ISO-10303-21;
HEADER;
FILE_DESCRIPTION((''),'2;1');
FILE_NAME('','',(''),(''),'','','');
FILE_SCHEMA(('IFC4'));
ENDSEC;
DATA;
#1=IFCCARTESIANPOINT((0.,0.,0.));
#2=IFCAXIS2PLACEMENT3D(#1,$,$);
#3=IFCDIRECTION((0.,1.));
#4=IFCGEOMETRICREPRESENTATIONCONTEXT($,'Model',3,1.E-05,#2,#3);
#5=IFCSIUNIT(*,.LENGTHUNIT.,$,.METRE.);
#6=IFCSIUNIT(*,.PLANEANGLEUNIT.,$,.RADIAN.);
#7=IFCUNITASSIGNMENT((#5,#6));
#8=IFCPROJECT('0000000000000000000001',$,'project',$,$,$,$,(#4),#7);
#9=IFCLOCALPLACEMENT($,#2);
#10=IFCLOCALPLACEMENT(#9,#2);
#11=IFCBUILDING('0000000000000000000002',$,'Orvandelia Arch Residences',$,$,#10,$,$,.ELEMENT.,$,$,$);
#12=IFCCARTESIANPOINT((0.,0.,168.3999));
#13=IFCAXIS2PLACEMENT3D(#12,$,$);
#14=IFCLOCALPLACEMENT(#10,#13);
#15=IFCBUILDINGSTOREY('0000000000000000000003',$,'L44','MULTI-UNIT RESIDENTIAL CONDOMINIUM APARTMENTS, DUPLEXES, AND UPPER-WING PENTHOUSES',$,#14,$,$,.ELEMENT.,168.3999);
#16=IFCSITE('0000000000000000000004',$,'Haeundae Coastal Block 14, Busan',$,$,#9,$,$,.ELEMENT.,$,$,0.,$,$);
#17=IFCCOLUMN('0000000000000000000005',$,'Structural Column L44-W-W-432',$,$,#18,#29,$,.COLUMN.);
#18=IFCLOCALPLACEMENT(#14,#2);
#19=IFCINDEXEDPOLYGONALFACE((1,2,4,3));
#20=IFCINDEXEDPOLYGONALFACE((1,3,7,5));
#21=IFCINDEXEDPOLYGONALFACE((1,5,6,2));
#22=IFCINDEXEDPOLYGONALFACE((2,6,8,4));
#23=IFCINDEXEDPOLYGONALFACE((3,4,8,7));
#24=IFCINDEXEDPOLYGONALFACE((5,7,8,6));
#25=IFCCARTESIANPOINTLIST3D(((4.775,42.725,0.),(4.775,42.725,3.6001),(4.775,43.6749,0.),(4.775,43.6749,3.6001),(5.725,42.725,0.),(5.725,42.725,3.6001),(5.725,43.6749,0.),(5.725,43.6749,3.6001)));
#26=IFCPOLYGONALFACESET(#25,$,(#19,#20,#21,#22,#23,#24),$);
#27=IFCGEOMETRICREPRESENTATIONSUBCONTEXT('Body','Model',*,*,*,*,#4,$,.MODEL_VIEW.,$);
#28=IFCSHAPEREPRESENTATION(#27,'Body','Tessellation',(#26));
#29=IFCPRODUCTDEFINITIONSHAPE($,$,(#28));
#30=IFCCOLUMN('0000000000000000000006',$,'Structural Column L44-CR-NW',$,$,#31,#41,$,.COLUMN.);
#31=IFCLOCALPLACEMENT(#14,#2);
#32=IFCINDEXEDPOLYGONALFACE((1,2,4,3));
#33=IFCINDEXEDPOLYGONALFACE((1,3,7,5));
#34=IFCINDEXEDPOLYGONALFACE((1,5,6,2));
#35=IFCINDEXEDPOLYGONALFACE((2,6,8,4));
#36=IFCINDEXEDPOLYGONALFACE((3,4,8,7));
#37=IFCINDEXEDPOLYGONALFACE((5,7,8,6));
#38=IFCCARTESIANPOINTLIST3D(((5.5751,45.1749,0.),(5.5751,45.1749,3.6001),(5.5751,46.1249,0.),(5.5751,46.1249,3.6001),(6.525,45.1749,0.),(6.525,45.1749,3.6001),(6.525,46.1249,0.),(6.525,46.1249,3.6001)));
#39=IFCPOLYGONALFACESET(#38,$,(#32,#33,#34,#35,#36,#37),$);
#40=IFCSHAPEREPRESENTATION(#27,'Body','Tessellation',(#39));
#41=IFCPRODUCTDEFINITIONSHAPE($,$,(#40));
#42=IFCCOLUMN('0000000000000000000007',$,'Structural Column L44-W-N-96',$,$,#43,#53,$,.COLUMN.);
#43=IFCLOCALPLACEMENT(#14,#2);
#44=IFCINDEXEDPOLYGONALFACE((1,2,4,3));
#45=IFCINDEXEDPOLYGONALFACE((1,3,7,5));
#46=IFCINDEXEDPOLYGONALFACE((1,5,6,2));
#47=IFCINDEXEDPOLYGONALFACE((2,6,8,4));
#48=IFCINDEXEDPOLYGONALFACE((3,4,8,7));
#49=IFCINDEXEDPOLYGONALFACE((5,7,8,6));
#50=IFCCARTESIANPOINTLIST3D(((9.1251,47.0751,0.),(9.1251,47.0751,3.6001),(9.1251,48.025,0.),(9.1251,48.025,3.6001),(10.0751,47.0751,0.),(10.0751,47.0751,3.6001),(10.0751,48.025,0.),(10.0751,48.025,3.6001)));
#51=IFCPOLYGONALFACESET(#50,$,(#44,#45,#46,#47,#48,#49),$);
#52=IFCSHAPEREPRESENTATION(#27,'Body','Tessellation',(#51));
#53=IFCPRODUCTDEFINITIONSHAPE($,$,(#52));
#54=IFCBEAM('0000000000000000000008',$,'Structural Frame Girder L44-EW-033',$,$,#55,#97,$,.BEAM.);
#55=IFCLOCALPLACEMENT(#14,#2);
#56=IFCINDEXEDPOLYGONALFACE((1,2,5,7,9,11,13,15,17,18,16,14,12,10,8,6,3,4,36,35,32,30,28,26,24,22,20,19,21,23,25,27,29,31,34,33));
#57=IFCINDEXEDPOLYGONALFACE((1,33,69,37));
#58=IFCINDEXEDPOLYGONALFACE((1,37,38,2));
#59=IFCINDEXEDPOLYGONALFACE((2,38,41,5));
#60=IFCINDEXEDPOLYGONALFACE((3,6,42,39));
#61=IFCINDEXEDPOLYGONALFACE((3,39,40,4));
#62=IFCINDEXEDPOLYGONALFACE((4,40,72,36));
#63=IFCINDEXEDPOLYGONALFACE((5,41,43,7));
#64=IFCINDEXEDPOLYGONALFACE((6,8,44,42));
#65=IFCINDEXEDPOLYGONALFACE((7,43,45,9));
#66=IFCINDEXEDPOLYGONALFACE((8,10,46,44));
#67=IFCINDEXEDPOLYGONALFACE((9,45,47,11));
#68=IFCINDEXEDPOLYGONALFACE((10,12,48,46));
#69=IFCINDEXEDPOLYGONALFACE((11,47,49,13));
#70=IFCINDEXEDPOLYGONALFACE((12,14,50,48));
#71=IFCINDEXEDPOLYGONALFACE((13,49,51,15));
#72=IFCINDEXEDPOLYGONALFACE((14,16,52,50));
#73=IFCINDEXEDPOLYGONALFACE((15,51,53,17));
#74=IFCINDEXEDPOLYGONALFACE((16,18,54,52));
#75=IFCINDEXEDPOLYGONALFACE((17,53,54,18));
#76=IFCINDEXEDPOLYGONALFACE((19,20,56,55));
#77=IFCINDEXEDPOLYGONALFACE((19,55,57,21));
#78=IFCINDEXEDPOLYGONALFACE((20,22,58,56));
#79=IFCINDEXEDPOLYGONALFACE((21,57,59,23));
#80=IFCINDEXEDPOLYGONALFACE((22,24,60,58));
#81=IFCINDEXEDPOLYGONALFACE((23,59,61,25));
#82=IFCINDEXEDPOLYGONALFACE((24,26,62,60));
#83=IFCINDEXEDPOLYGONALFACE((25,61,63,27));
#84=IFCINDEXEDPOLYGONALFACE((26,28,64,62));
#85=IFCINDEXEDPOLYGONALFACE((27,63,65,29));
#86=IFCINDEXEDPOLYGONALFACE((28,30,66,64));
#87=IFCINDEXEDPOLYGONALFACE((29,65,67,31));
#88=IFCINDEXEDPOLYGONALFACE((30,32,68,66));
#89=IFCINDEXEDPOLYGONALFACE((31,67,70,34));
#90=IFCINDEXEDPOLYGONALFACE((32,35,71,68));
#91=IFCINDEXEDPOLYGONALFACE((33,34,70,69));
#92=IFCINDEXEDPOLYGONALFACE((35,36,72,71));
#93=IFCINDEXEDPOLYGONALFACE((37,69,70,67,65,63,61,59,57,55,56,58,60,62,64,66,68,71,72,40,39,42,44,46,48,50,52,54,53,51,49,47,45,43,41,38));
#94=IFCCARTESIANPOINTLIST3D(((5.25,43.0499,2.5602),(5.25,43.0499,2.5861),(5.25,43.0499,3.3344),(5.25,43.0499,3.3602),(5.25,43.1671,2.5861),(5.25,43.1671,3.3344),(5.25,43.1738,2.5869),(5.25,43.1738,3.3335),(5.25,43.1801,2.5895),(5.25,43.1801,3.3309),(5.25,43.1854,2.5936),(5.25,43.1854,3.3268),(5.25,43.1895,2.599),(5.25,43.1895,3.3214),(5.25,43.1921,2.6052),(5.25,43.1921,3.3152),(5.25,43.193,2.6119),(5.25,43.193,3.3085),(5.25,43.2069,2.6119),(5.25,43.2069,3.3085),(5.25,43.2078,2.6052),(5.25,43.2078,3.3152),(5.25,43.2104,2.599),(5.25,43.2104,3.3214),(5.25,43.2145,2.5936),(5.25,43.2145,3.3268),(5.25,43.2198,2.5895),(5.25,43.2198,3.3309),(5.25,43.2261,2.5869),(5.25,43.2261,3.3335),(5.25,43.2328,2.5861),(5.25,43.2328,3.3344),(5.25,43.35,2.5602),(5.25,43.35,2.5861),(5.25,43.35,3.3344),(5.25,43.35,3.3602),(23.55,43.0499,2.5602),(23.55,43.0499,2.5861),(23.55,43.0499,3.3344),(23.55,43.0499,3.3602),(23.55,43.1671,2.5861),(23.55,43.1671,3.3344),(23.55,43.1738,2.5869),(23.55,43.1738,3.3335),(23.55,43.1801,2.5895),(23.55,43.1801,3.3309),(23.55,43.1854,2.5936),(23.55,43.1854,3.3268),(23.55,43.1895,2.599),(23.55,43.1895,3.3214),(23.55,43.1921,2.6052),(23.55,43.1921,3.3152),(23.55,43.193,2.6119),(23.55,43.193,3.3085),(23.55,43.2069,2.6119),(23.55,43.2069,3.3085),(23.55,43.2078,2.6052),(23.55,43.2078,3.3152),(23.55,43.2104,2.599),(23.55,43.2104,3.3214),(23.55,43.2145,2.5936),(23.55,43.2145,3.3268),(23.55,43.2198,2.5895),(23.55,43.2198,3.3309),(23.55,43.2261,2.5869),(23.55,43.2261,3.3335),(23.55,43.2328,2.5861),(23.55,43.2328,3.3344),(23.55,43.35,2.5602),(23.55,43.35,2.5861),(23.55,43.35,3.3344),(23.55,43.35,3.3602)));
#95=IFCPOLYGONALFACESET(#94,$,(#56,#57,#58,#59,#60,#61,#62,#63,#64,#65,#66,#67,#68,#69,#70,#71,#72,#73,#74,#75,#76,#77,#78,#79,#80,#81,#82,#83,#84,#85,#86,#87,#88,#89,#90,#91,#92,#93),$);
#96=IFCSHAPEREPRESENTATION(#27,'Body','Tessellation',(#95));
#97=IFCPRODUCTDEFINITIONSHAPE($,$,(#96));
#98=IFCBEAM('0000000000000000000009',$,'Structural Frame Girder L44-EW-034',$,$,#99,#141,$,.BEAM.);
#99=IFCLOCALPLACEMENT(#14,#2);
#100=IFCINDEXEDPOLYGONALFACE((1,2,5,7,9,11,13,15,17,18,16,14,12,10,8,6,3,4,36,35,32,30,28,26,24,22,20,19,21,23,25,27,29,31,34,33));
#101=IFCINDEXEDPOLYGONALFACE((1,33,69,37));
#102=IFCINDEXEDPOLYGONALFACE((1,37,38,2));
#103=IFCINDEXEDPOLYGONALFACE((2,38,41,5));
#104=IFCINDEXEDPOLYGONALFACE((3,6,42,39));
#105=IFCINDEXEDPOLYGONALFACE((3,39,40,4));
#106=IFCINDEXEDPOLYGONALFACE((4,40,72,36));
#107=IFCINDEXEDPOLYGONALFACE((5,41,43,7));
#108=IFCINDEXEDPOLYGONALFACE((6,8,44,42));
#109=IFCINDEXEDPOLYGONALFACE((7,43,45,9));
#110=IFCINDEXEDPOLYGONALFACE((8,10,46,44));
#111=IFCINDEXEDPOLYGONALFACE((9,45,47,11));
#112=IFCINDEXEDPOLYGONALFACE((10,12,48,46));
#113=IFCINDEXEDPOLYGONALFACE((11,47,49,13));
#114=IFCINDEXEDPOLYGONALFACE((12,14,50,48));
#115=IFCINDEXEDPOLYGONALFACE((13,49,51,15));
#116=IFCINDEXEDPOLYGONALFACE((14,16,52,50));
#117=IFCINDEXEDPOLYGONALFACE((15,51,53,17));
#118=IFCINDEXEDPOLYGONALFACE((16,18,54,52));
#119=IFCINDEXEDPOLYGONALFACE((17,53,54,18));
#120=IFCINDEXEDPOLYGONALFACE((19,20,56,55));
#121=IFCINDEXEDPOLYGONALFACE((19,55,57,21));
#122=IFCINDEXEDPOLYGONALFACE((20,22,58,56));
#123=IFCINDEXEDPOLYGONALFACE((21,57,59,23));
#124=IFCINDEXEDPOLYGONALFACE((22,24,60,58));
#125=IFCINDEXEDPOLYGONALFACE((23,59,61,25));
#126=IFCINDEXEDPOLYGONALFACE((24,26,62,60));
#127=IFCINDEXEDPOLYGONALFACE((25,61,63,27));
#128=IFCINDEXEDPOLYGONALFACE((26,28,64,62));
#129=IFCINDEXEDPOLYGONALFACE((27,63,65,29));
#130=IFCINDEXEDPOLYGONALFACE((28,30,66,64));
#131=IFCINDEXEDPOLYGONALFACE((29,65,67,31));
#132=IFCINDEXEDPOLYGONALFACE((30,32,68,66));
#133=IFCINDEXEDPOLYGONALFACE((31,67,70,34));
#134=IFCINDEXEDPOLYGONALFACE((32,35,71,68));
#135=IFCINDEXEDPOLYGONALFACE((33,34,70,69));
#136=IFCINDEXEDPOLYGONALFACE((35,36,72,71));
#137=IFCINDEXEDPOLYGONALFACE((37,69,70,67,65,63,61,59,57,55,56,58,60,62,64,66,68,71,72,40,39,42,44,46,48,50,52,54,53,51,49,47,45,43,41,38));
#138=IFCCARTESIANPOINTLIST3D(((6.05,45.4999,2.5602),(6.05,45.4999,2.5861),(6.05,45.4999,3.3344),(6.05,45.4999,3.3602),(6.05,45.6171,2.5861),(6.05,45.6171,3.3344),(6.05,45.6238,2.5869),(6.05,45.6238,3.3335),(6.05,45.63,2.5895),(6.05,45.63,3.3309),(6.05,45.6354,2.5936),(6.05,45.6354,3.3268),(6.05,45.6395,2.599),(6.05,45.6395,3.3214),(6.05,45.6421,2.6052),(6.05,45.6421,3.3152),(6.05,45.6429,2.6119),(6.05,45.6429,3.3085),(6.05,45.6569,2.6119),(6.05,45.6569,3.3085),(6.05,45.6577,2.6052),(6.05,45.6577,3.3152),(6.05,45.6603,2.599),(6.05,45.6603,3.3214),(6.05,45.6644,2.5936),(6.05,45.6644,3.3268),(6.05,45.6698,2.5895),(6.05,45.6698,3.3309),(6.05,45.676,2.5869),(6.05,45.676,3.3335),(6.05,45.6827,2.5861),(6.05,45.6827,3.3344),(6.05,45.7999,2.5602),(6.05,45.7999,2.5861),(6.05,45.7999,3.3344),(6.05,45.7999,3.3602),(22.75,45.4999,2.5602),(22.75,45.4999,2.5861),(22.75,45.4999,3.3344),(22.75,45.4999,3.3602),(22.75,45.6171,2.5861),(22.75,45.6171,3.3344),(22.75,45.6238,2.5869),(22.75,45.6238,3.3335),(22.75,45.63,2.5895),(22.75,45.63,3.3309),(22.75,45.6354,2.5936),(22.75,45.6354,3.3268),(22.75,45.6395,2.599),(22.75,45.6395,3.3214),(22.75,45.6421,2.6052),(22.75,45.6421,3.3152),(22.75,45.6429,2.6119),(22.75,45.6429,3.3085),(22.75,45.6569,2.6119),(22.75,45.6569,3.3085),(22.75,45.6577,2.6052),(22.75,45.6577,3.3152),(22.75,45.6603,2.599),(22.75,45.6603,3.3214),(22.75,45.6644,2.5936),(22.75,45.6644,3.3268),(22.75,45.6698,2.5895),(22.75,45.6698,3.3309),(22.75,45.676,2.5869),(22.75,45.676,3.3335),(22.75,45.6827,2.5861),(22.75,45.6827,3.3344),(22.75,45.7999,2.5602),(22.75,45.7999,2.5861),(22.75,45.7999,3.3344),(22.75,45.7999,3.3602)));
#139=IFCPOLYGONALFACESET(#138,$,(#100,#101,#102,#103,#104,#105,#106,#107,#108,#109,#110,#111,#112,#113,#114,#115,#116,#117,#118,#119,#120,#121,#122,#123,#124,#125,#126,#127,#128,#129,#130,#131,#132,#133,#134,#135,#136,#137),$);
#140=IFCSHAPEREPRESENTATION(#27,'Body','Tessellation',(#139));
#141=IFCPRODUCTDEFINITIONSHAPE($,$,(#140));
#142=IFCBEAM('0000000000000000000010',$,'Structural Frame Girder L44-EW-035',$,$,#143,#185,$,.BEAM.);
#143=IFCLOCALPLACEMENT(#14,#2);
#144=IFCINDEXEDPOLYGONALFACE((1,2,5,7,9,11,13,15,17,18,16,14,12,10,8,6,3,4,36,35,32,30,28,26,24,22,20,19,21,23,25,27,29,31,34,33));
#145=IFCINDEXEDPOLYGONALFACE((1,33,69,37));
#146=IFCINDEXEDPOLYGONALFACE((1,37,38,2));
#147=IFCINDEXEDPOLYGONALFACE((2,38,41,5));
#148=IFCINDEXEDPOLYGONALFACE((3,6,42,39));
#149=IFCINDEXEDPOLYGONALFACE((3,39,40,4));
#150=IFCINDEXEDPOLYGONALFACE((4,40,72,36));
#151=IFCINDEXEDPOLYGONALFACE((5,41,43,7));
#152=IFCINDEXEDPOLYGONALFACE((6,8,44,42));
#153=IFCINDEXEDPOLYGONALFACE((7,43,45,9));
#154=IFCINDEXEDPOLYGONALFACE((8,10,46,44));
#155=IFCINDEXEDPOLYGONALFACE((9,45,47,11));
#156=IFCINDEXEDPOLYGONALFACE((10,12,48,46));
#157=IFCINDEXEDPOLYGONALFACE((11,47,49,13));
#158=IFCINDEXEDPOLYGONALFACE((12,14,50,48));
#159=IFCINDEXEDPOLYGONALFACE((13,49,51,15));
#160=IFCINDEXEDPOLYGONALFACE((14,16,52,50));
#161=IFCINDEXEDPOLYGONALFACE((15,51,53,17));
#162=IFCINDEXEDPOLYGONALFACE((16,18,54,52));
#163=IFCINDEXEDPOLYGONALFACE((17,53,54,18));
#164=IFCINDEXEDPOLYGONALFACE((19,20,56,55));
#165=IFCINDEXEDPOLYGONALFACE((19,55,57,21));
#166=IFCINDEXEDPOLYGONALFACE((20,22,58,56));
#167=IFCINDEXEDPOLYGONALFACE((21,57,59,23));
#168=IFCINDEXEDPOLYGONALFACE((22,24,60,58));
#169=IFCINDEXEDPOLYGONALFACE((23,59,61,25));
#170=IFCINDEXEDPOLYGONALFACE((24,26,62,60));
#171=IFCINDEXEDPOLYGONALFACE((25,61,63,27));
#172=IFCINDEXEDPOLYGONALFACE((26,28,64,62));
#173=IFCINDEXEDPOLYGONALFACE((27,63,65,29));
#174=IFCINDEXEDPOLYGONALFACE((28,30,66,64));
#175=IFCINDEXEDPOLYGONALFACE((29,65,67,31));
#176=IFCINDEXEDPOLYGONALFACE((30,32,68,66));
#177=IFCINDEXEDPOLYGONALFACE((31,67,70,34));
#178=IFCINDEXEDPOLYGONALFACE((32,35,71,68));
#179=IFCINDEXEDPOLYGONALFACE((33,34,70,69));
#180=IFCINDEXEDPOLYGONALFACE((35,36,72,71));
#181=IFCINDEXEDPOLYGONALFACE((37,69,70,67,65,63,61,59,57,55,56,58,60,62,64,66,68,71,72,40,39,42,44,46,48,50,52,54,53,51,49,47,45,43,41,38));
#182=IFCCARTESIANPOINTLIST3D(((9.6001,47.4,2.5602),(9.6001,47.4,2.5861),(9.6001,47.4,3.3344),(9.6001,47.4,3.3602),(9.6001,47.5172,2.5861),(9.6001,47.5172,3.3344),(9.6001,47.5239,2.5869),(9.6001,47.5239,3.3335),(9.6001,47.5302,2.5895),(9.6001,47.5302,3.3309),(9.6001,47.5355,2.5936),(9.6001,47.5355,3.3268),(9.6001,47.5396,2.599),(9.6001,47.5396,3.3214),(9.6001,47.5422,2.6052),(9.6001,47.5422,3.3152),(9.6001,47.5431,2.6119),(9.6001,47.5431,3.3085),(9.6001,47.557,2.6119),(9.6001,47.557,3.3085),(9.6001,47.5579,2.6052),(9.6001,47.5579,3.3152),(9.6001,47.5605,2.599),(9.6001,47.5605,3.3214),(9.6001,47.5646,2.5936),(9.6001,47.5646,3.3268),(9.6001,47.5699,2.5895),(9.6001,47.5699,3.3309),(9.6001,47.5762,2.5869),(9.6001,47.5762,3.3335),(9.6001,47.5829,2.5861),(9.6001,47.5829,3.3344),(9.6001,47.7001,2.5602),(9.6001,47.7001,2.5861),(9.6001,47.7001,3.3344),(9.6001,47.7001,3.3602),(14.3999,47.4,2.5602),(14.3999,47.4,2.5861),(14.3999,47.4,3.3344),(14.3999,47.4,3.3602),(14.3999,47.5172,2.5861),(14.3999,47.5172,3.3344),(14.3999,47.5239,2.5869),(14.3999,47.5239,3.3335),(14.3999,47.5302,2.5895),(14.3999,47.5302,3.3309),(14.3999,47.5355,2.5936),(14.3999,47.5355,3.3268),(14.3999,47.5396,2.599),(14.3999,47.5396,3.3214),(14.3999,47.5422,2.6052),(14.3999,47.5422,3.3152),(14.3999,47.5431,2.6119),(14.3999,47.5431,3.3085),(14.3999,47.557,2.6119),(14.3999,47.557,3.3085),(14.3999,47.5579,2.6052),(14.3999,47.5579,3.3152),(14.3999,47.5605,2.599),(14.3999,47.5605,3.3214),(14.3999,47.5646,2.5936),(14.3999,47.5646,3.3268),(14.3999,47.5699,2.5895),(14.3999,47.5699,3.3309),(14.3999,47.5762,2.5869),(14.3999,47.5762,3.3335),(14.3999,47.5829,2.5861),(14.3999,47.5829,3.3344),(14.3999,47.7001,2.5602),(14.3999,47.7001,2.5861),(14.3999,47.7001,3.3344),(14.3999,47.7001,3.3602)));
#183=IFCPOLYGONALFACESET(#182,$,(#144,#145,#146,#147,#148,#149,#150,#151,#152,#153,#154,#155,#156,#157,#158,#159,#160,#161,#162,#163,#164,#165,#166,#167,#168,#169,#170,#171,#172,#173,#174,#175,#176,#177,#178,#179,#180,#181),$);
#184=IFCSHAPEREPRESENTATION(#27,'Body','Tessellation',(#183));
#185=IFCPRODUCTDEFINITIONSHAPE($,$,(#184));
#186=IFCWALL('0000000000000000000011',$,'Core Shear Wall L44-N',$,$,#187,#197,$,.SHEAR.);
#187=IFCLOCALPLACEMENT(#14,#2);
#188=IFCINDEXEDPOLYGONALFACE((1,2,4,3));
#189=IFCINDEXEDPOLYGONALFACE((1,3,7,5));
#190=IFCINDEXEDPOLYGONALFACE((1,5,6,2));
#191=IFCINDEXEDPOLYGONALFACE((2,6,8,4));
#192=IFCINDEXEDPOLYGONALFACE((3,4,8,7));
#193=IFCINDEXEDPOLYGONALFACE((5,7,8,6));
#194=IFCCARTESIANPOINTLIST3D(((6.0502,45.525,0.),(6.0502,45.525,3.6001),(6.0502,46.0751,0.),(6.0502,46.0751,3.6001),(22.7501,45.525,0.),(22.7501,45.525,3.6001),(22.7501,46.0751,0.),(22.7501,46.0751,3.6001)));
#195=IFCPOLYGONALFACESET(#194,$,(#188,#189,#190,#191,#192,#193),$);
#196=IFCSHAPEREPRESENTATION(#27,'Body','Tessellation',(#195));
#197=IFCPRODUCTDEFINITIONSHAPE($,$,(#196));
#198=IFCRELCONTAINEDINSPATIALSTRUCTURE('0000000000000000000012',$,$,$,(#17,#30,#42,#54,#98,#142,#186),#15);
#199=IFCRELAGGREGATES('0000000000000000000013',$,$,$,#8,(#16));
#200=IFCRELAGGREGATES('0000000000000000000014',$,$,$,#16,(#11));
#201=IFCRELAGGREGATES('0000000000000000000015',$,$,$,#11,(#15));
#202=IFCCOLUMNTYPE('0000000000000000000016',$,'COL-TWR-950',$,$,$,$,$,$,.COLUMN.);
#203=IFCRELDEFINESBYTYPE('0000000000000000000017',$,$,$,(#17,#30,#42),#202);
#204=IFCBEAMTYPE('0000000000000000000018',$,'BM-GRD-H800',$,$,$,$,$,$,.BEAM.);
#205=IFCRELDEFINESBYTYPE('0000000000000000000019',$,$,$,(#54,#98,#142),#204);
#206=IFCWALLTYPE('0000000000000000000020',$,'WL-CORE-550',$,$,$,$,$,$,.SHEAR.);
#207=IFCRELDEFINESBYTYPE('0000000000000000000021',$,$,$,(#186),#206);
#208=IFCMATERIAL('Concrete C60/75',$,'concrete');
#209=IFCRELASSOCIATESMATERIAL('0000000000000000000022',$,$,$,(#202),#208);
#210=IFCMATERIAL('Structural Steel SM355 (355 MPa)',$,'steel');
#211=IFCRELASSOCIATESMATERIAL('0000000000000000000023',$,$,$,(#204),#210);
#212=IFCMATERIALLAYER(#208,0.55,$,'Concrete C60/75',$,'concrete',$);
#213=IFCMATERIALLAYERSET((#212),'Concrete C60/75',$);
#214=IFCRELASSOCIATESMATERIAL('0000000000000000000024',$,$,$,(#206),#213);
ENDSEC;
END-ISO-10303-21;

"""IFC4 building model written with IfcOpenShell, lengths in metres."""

from ifc_helpers import new_model, si_unit, direction, frame, frame_2d, origin, origin_2d, place, context, subcontext, project, spatial, rectangle, i_section, extrude, material, layer, layer_set, material_profile, profile_set, type_object, element, save


model = new_model("IFC4")

# Units and contexts
model_context = context("Model", 3, precision=1e-05, world=origin(), true_north=direction((0.0, 1.0)))
body_context = subcontext(model_context, "Body", "Model", "MODEL_VIEW")
ifc_project = project(units=[si_unit("LENGTHUNIT", "METRE"), si_unit("PLANEANGLEUNIT", "RADIAN")], contexts=[model_context])

# Site, building, storey
site_placement = place(None, origin())
site = spatial("IfcSite", under=ifc_project, at=site_placement, Name="Haeundae Coastal Block 14, Busan", CompositionType="ELEMENT", RefElevation=0.0)
building_placement = place(site_placement, origin())
building = spatial("IfcBuilding", under=site, at=building_placement, Name="Orvandelia Arch Residences", CompositionType="ELEMENT")
storey_placement = place(building_placement, frame((0.0, 0.0, 168.3999)))
storey = spatial("IfcBuildingStorey", under=building, at=storey_placement, Name="L44", Description="MULTI-UNIT RESIDENTIAL CONDOMINIUM APARTMENTS, DUPLEXES, AND UPPER-WING PENTHOUSES", CompositionType="ELEMENT", Elevation=168.3999)

# Columns
ifc_material_1 = material(Name="Concrete C60/75", Category="concrete")
ifc_material_profile_1 = material_profile(ifc_material_1, rectangle(XDim=0.95, YDim=0.95, at=origin_2d()), Name="Concrete C60/75", Category="concrete")
ifc_profile_set_1 = profile_set([ifc_material_profile_1], Name="Concrete C60/75")
column_type = type_object("IfcColumnType", Name="COL-TWR-950", PredefinedType="COLUMN", material=ifc_profile_set_1)
for number, where, z_axis, x_axis, name in (
    (1, (5.25, 43.2, 0.0), (0.0, 0.0, 1.0), (1.0, 0.0, 0.0), "Structural Column L44-W-W-432"),
    (2, (6.05, 45.6499, 0.0), (0.0, 0.0, 1.0), (1.0, 0.0, 0.0), "Structural Column L44-CR-NW"),
    (3, (9.6001, 47.55, 0.0), (0.0, 0.0, 1.0), (1.0, 0.0, 0.0), "Structural Column L44-W-N-96"),
):
    element("IfcColumn", number, at=place(storey_placement, frame(where, z_axis=z_axis, x_axis=x_axis)), inside=storey, type_object=column_type, Name=name, PredefinedType="COLUMN", context=body_context, shape_type="SweptSolid", body=[
        extrude(rectangle(XDim=0.95, YDim=0.95, at=origin_2d()), origin(), (0.0, 0.0, 1.0), 3.6001),
    ])

# Beams
ifc_material_2 = material(Name="Structural Steel SM355 (355 MPa)", Category="steel")
ifc_material_profile_2 = material_profile(ifc_material_2, i_section(OverallWidth=0.3, OverallDepth=0.8, WebThickness=0.0139, FlangeThickness=0.0259, FilletRadius=0.0259, at=origin_2d()), Name="Structural Steel SM355 (355 MPa)", Category="steel")
ifc_profile_set_2 = profile_set([ifc_material_profile_2], Name="Structural Steel SM355 (355 MPa)")
beam_type = type_object("IfcBeamType", Name="BM-GRD-H800", PredefinedType="BEAM", material=ifc_profile_set_2)
beam_1_placement = place(storey_placement, frame((5.25, 43.2, 2.9602), z_axis=(1.0, 0.0, 0.0), x_axis=(0.0, 1.0, 0.0)))
element("IfcBeam", 4, at=beam_1_placement, inside=storey, type_object=beam_type, Name="Structural Frame Girder L44-EW-033", PredefinedType="BEAM", context=body_context, shape_type="SweptSolid", body=[
    extrude(i_section(OverallWidth=0.3, OverallDepth=0.8, WebThickness=0.0139, FlangeThickness=0.0259, FilletRadius=0.0259, at=origin_2d()), origin(), (0.0, 0.0, 1.0), 18.3),
])
beam_2_placement = place(storey_placement, frame((6.05, 45.6499, 2.9602), z_axis=(1.0, 0.0, 0.0), x_axis=(0.0, 1.0, 0.0)))
element("IfcBeam", 5, at=beam_2_placement, inside=storey, type_object=beam_type, Name="Structural Frame Girder L44-EW-034", PredefinedType="BEAM", context=body_context, shape_type="SweptSolid", body=[
    extrude(i_section(OverallWidth=0.3, OverallDepth=0.8, WebThickness=0.0139, FlangeThickness=0.0259, FilletRadius=0.0259, at=origin_2d()), origin(), (0.0, 0.0, 1.0), 16.7),
])
beam_3_placement = place(storey_placement, frame((9.6001, 47.55, 2.9602), z_axis=(1.0, 0.0, 0.0), x_axis=(0.0, 1.0, 0.0)))
element("IfcBeam", 6, at=beam_3_placement, inside=storey, type_object=beam_type, Name="Structural Frame Girder L44-EW-035", PredefinedType="BEAM", context=body_context, shape_type="SweptSolid", body=[
    extrude(i_section(OverallWidth=0.3, OverallDepth=0.8, WebThickness=0.0139, FlangeThickness=0.0259, FilletRadius=0.0259, at=origin_2d()), origin(), (0.0, 0.0, 1.0), 4.7998),
])

# Wall
ifc_layer_1 = layer(ifc_material_1, 0.55, Name="Concrete C60/75", Category="concrete")
ifc_layer_set_1 = layer_set([ifc_layer_1], Name="Concrete C60/75")
wall_type_1 = type_object("IfcWallType", Name="WL-CORE-550", PredefinedType="SHEAR", material=ifc_layer_set_1)
wall_1_placement = place(storey_placement, frame((6.05, 45.8, 0.0), z_axis=(0.0, 0.0, 1.0), x_axis=(1.0, 0.0, 0.0)))
element("IfcWall", 7, at=wall_1_placement, inside=storey, type_object=wall_type_1, Name="Core Shear Wall L44-N", PredefinedType="SHEAR", context=body_context, shape_type="SweptSolid", body=[
    extrude(rectangle(XDim=16.7, YDim=0.55, at=frame_2d((8.3501, 0.0))), origin(), (0.0, 0.0, 1.0), 3.6001),
])

save(model, "model.ifc")
